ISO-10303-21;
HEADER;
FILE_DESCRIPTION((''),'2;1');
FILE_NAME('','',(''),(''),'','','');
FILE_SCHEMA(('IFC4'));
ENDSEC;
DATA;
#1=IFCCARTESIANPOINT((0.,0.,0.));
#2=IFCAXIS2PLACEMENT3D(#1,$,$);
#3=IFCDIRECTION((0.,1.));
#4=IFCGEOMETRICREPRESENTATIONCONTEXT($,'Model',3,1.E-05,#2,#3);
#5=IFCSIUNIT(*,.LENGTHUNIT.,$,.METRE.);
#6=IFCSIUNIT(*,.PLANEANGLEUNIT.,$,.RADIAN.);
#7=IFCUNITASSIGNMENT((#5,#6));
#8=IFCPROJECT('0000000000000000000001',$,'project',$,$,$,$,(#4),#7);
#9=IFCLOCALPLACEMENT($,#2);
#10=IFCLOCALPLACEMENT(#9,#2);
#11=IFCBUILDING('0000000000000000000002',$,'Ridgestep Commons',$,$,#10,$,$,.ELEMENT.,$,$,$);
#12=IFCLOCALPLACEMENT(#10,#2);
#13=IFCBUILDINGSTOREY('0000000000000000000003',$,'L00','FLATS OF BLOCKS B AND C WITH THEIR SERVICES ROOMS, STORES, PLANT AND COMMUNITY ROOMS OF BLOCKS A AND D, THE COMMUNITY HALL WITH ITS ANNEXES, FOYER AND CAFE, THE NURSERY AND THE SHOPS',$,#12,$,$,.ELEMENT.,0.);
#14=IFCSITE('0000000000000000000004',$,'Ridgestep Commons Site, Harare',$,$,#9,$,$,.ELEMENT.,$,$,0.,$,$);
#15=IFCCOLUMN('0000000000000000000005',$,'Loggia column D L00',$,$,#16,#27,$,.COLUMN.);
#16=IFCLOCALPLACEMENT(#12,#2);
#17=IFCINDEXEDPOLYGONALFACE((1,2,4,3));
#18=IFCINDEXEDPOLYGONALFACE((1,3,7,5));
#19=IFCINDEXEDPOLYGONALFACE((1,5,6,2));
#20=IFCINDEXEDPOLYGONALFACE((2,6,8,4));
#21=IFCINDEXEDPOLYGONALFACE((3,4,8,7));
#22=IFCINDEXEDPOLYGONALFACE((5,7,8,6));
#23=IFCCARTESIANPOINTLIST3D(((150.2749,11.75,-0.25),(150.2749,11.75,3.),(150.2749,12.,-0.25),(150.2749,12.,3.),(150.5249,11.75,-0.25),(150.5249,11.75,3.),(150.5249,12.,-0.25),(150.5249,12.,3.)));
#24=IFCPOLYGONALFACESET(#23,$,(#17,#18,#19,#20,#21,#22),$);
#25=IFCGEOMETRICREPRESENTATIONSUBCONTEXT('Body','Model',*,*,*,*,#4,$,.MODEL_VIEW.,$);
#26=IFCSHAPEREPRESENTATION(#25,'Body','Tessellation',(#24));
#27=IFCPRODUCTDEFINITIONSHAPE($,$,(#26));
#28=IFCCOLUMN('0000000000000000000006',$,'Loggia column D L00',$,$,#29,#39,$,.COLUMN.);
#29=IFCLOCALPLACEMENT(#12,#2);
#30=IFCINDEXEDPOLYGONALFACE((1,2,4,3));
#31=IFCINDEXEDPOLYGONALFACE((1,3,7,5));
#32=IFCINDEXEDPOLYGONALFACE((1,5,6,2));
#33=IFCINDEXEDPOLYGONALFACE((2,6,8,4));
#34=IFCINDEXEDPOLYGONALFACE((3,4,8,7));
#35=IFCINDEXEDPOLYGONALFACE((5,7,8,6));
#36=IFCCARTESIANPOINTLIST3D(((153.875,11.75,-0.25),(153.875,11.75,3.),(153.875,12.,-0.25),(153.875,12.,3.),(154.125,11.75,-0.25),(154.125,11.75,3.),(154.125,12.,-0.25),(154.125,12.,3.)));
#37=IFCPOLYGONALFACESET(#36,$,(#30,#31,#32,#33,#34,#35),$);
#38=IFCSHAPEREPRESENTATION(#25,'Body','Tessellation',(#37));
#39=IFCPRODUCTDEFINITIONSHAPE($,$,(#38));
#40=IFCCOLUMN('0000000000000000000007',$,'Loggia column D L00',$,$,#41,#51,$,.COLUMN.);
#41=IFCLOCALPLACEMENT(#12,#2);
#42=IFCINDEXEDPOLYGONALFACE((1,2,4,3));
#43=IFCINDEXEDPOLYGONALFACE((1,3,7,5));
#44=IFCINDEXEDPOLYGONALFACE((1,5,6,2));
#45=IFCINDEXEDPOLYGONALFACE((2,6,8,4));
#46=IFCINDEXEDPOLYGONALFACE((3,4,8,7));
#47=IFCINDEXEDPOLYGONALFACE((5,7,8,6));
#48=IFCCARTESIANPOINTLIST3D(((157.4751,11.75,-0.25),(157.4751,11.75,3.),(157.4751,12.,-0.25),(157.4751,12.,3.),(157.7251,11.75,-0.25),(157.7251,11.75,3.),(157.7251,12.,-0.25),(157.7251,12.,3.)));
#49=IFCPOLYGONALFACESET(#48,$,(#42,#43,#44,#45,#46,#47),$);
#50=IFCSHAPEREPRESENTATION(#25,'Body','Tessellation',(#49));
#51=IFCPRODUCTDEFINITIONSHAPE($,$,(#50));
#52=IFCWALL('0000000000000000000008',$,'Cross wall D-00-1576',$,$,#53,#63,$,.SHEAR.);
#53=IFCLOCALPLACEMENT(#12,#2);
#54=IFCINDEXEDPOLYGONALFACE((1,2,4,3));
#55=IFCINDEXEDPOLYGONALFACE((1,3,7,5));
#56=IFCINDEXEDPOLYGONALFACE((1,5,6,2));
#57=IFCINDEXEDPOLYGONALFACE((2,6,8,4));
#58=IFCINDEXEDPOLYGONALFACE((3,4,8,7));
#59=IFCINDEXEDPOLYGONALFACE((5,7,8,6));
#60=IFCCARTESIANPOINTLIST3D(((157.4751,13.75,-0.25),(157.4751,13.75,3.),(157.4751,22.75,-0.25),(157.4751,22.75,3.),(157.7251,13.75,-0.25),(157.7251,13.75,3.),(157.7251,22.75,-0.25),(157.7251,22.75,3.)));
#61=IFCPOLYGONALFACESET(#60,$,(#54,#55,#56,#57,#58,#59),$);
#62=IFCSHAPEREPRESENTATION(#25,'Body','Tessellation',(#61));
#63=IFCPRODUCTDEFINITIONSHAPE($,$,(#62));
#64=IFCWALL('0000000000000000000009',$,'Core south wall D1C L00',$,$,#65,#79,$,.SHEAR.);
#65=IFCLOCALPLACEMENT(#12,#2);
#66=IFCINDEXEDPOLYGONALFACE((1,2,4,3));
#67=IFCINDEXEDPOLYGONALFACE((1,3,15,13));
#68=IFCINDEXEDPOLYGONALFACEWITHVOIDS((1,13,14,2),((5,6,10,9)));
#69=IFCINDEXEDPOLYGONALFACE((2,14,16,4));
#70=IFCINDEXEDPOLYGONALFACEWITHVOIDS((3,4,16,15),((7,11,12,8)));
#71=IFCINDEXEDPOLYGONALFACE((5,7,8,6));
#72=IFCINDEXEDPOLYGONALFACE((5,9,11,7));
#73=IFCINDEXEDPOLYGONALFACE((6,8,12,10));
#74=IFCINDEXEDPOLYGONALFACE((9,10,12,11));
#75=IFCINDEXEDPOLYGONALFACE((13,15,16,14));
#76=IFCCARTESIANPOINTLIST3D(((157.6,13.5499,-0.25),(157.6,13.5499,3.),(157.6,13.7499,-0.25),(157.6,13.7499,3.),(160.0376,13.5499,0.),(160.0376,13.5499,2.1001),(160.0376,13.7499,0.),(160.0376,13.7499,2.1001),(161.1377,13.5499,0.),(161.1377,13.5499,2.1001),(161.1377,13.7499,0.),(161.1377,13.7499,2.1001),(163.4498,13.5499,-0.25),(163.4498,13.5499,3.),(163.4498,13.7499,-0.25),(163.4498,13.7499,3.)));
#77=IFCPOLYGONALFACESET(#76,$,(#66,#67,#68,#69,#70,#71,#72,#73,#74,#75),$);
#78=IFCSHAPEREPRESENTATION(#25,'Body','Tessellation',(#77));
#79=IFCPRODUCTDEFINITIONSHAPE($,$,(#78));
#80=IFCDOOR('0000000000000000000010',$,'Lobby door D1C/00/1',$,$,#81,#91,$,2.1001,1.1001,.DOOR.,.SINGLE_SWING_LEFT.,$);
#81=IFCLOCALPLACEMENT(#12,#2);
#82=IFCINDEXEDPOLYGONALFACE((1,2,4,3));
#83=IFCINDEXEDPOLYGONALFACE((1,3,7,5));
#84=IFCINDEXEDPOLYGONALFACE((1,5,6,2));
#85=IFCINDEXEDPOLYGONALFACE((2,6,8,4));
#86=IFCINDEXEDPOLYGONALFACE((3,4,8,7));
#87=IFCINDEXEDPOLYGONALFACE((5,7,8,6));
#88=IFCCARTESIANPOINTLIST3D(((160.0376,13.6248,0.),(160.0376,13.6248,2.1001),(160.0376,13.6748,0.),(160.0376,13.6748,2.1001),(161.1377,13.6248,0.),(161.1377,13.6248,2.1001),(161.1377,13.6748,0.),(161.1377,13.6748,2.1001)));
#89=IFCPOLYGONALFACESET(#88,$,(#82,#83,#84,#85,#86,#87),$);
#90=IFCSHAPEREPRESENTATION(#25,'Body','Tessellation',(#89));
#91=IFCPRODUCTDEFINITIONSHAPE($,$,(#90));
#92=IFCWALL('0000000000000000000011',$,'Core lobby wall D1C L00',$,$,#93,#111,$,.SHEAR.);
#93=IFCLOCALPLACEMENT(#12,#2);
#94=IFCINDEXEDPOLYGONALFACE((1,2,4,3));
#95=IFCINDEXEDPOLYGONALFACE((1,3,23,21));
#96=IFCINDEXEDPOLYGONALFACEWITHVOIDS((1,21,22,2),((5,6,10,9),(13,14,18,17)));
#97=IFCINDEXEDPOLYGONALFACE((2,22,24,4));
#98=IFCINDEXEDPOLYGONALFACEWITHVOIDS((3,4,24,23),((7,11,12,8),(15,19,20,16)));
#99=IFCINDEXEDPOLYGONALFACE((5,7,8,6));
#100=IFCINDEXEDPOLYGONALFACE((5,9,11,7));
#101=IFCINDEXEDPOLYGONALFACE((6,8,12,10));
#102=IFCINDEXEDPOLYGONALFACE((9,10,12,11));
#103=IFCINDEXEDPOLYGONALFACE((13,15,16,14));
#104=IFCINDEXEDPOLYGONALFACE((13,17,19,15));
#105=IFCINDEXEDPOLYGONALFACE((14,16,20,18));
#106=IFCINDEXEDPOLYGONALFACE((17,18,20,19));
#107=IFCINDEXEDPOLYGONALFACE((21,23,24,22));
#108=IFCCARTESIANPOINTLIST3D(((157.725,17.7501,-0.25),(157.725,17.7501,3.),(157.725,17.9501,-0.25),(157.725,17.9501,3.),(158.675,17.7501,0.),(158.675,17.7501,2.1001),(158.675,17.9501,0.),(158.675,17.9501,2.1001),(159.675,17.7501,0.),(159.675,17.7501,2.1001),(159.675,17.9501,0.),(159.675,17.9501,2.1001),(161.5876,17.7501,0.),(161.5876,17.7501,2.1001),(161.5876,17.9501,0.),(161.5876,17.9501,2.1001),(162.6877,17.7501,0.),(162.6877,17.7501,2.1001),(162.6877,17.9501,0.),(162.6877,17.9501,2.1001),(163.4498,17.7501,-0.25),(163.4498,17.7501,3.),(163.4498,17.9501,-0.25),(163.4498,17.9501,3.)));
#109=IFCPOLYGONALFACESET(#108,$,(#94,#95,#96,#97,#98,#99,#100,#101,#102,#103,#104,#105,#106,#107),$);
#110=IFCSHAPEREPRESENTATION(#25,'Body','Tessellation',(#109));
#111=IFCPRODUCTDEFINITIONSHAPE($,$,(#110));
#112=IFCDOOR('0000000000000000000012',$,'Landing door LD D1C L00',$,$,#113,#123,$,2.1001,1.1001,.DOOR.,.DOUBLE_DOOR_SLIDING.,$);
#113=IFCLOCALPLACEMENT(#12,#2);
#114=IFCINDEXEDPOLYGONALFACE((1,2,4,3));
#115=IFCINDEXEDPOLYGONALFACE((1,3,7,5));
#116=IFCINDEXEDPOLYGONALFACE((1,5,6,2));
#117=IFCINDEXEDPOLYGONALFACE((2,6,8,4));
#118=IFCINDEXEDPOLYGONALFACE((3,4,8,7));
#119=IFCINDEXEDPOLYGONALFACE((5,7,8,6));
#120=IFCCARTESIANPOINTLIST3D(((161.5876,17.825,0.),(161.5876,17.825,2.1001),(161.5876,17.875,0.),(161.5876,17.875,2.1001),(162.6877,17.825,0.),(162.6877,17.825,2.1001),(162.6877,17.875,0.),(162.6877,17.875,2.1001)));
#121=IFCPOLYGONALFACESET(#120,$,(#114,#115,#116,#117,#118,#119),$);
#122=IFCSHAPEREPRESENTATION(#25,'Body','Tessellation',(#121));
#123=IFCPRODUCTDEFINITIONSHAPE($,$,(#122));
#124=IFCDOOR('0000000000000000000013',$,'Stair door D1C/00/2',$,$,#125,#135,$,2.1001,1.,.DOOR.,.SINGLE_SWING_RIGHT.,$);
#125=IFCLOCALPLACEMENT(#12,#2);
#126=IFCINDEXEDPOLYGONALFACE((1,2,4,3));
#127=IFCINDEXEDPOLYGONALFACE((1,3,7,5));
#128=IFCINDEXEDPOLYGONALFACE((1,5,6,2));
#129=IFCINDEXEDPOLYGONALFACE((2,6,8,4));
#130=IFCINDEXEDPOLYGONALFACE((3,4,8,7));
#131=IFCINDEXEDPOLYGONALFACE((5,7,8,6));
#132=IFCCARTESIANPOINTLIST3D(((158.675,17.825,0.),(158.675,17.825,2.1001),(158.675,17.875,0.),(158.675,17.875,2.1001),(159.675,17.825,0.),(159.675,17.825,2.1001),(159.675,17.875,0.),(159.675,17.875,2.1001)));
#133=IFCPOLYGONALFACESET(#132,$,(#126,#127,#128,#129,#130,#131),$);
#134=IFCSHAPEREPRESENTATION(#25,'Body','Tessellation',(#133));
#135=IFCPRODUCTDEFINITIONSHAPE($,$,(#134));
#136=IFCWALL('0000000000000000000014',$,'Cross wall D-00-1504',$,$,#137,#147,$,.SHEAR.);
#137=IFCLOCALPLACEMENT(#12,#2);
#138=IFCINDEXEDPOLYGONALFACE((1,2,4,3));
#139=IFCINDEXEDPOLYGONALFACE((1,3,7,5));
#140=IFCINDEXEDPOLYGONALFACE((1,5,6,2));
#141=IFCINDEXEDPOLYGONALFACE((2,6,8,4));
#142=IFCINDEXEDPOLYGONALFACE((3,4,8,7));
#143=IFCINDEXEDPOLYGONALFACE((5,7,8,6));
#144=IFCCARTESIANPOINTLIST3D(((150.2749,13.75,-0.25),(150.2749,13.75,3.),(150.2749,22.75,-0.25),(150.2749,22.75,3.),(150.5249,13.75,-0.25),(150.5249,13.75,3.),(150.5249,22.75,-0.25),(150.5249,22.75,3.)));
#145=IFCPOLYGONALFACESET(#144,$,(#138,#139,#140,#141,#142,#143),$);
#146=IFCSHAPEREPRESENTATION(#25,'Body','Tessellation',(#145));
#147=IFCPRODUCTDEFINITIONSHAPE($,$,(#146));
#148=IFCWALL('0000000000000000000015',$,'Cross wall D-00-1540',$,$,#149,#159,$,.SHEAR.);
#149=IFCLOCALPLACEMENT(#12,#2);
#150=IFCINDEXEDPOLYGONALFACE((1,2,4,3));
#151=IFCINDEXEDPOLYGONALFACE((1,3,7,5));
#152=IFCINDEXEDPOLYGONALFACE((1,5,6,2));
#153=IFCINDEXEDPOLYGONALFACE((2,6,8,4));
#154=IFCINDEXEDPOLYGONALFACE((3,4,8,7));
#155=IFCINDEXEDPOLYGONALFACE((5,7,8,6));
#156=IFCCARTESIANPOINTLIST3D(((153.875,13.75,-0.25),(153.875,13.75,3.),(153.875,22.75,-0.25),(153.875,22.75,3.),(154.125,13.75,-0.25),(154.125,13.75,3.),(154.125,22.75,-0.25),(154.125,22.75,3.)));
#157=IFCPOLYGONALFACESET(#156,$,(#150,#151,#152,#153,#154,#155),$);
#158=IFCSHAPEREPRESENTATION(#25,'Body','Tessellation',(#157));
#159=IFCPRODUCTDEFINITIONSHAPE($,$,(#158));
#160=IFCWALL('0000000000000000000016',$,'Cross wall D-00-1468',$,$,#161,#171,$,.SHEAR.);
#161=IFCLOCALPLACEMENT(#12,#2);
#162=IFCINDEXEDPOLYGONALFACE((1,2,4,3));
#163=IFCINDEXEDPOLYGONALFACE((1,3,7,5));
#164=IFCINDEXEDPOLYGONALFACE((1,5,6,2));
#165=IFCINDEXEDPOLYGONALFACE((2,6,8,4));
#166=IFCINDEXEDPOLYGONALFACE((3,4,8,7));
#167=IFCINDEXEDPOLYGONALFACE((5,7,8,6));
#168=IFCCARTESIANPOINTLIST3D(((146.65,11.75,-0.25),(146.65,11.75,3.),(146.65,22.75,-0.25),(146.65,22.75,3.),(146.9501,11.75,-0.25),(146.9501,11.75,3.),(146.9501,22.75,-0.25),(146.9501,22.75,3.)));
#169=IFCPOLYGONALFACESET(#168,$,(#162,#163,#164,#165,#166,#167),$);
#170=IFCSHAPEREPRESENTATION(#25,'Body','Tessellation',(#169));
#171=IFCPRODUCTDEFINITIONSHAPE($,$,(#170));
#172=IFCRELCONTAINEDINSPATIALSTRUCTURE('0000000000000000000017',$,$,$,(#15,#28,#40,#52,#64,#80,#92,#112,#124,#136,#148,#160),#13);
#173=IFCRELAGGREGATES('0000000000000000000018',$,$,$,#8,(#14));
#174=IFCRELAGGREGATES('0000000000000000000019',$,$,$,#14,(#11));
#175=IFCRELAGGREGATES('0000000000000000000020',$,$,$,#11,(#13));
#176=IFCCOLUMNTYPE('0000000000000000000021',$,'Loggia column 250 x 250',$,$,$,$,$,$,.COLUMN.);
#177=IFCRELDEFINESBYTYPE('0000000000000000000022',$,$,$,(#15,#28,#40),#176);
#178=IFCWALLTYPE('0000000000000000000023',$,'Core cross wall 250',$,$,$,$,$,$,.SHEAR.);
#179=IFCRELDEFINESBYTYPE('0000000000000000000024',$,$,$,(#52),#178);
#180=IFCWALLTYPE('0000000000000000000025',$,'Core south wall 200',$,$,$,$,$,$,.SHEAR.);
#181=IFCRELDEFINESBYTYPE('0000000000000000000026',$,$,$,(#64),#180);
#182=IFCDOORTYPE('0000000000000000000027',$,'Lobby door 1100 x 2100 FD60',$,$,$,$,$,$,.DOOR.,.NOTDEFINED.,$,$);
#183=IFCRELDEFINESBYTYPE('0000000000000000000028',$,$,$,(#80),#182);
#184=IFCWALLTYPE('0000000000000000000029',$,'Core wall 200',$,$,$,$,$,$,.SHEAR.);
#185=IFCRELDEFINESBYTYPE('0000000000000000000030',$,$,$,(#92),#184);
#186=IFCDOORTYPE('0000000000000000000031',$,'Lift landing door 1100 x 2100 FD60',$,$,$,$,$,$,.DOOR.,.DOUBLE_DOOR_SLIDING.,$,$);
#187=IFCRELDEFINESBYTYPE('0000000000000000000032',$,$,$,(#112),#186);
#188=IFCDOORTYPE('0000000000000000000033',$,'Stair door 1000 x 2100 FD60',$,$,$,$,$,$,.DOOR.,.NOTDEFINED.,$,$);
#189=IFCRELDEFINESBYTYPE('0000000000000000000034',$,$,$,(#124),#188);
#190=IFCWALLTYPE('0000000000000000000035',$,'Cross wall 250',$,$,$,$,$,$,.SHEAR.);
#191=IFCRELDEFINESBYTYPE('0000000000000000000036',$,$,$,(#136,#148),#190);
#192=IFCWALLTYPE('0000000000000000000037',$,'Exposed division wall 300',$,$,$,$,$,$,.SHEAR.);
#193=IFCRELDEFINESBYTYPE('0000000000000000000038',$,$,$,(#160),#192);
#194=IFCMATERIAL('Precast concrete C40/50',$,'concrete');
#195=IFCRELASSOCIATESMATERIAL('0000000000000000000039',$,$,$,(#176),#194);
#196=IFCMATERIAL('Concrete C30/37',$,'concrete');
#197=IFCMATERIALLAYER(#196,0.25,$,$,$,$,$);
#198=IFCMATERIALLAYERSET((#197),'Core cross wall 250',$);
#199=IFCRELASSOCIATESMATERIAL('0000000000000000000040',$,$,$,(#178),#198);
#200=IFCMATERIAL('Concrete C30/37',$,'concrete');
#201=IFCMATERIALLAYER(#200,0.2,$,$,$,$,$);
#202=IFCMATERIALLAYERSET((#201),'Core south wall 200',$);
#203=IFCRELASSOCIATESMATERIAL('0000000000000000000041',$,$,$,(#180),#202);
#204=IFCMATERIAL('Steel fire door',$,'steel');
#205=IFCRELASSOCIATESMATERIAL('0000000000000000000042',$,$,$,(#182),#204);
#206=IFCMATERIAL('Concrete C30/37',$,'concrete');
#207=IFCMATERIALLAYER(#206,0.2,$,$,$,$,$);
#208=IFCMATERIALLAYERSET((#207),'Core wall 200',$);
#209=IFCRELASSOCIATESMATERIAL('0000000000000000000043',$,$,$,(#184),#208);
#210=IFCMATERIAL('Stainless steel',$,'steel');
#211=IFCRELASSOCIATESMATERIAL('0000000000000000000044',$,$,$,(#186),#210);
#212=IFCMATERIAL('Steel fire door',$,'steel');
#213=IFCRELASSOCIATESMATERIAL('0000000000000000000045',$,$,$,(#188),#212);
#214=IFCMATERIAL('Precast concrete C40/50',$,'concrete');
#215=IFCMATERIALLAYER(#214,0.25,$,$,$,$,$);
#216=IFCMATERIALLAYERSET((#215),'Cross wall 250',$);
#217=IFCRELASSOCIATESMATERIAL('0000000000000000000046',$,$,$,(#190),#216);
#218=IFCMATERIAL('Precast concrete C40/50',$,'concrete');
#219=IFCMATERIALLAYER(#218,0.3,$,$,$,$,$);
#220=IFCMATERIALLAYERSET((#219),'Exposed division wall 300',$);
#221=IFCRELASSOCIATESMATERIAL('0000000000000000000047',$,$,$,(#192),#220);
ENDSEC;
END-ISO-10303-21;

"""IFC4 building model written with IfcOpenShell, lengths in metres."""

from ifc_helpers import new_model, si_unit, direction, frame, frame_2d, origin, origin_2d, place, context, subcontext, project, spatial, rectangle, extrude, material, layer, layer_set, material_profile, profile_set, type_object, element, fill, save


model = new_model("IFC4")

# Units and contexts
model_context = context("Model", 3, precision=1e-05, world=origin(), true_north=direction((0.0, 1.0)))
body_context = subcontext(model_context, "Body", "Model", "MODEL_VIEW")
ifc_project = project(units=[si_unit("LENGTHUNIT", "METRE"), si_unit("PLANEANGLEUNIT", "RADIAN")], contexts=[model_context])

# Site, building, storey
site_placement = place(None, origin())
site = spatial("IfcSite", under=ifc_project, at=site_placement, Name="Ridgestep Commons Site, Harare", CompositionType="ELEMENT", RefElevation=0.0)
building_placement = place(site_placement, origin())
building = spatial("IfcBuilding", under=site, at=building_placement, Name="Ridgestep Commons", CompositionType="ELEMENT")
storey_placement = place(building_placement, origin())
storey = spatial("IfcBuildingStorey", under=building, at=storey_placement, Name="L00", Description="FLATS OF BLOCKS B AND C WITH THEIR SERVICES ROOMS, STORES, PLANT AND COMMUNITY ROOMS OF BLOCKS A AND D, THE COMMUNITY HALL WITH ITS ANNEXES, FOYER AND CAFE, THE NURSERY AND THE SHOPS", CompositionType="ELEMENT", Elevation=0.0)

# Columns
ifc_material_1 = material(Name="Precast concrete C40/50", Category="concrete")
ifc_material_profile = material_profile(ifc_material_1, rectangle(XDim=0.25, YDim=0.25, at=origin_2d()), Name="PC 250x250")
ifc_profile_set = profile_set([ifc_material_profile], Name="Precast concrete C40/50")
column_type = type_object("IfcColumnType", Name="Loggia column 250 x 250", PredefinedType="COLUMN", material=ifc_profile_set)
for number, where, z_axis, x_axis, name in (
    (1, (150.3999, 11.875, -0.25), (0.0, 0.0, 1.0), (1.0, 0.0, 0.0), "Loggia column D L00"),
    (2, (154.0, 11.875, -0.25), (0.0, 0.0, 1.0), (1.0, 0.0, 0.0), "Loggia column D L00"),
    (3, (157.6001, 11.875, -0.25), (0.0, 0.0, 1.0), (1.0, 0.0, 0.0), "Loggia column D L00"),
):
    element("IfcColumn", number, at=place(storey_placement, frame(where, z_axis=z_axis, x_axis=x_axis)), inside=storey, type_object=column_type, Name=name, PredefinedType="COLUMN", context=body_context, shape_type="SweptSolid", body=[
        extrude(rectangle(XDim=0.25, YDim=0.25, at=origin_2d()), origin(), (0.0, 0.0, 1.0), 3.25),
    ])

# Wall
ifc_material_2 = material(Name="Concrete C30/37", Category="concrete")
ifc_layer_1 = layer(ifc_material_2, 0.25)
ifc_layer_set_1 = layer_set([ifc_layer_1], Name="Core cross wall 250")
wall_type_1 = type_object("IfcWallType", Name="Core cross wall 250", PredefinedType="SHEAR", material=ifc_layer_set_1)
wall_1_placement = place(storey_placement, frame((157.6001, 13.75, -0.25), z_axis=(0.0, 0.0, 1.0), x_axis=(0.0, 1.0, 0.0)))
element("IfcWall", 4, at=wall_1_placement, inside=storey, type_object=wall_type_1, Name="Cross wall D-00-1576", PredefinedType="SHEAR", context=body_context, shape_type="SweptSolid", body=[
    extrude(rectangle(XDim=9.0, YDim=0.25, at=frame_2d((4.5, 0.0))), origin(), (0.0, 0.0, 1.0), 3.25),
])

# Wall, opening, door
ifc_material_3 = material(Name="Concrete C30/37", Category="concrete")
ifc_layer_2 = layer(ifc_material_3, 0.2)
ifc_layer_set_2 = layer_set([ifc_layer_2], Name="Core south wall 200")
wall_type_2 = type_object("IfcWallType", Name="Core south wall 200", PredefinedType="SHEAR", material=ifc_layer_set_2)
wall_2_placement = place(storey_placement, frame((157.6001, 13.6499, -0.25), z_axis=(0.0, 0.0, 1.0), x_axis=(1.0, 0.0, 0.0)))
wall_2 = element("IfcWall", 5, at=wall_2_placement, inside=storey, type_object=wall_type_2, Name="Core south wall D1C L00", PredefinedType="SHEAR", context=body_context, shape_type="SweptSolid", body=[
    extrude(rectangle(XDim=5.8499, YDim=0.2, at=frame_2d((2.9248, 0.0))), origin(), (0.0, 0.0, 1.0), 3.25),
])
opening_1_placement = place(wall_2_placement, frame((2.4375, 0.0, 0.25)))
opening_1 = element("IfcOpeningElement", 6, at=opening_1_placement, cuts=wall_2, PredefinedType="OPENING", context=body_context, shape_type="SweptSolid", body=[
    extrude(rectangle(XDim=1.1001, YDim=2.1001, at=frame_2d((0.55, 1.05))), frame((0.0, 0.1099, 0.0), z_axis=(0.0, -1.0, 0.0), x_axis=(1.0, 0.0, 0.0)), (0.0, 0.0, 1.0), 0.22),
])
ifc_material_4 = material(Name="Steel fire door", Category="steel")
door_type_1 = type_object("IfcDoorType", Name="Lobby door 1100 x 2100 FD60", OperationType="NOTDEFINED", PredefinedType="DOOR", material=ifc_material_4)
door_1_placement = place(opening_1_placement, origin())
door_1 = element("IfcDoor", 7, at=door_1_placement, inside=storey, type_object=door_type_1, Name="Lobby door D1C/00/1", OperationType="SINGLE_SWING_LEFT", OverallHeight=2.1001, OverallWidth=1.1001, PredefinedType="DOOR", context=body_context, shape_type="SweptSolid", body=[
    extrude(rectangle(XDim=1.1001, YDim=2.1001, at=frame_2d((0.55, 1.05))), frame((0.0, 0.0249, 0.0), z_axis=(0.0, -1.0, 0.0), x_axis=(1.0, 0.0, 0.0)), (0.0, 0.0, 1.0), 0.05),
])
fill(opening_1, door_1)

# Wall, openings, doors
ifc_material_5 = material(Name="Concrete C30/37", Category="concrete")
ifc_layer_3 = layer(ifc_material_5, 0.2)
ifc_layer_set_3 = layer_set([ifc_layer_3], Name="Core wall 200")
wall_type_3 = type_object("IfcWallType", Name="Core wall 200", PredefinedType="SHEAR", material=ifc_layer_set_3)
wall_3_placement = place(storey_placement, frame((157.7251, 17.8501, -0.25), z_axis=(0.0, 0.0, 1.0), x_axis=(1.0, 0.0, 0.0)))
wall_3 = element("IfcWall", 8, at=wall_3_placement, inside=storey, type_object=wall_type_3, Name="Core lobby wall D1C L00", PredefinedType="SHEAR", context=body_context, shape_type="SweptSolid", body=[
    extrude(rectangle(XDim=5.7249, YDim=0.2, at=frame_2d((2.8623, 0.0))), origin(), (0.0, 0.0, 1.0), 3.25),
])
opening_2_placement = place(wall_3_placement, frame((0.95, 0.0, 0.25)))
opening_2 = element("IfcOpeningElement", 9, at=opening_2_placement, cuts=wall_3, PredefinedType="OPENING", context=body_context, shape_type="SweptSolid", body=[
    extrude(rectangle(XDim=1.0, YDim=2.1001, at=frame_2d((0.5, 1.05))), frame((0.0, 0.1099, 0.0), z_axis=(0.0, -1.0, 0.0), x_axis=(1.0, 0.0, 0.0)), (0.0, 0.0, 1.0), 0.22),
])
opening_3_placement = place(wall_3_placement, frame((3.8625, 0.0, 0.25)))
opening_3 = element("IfcOpeningElement", 10, at=opening_3_placement, cuts=wall_3, PredefinedType="OPENING", context=body_context, shape_type="SweptSolid", body=[
    extrude(rectangle(XDim=1.1001, YDim=2.1001, at=frame_2d((0.55, 1.05))), frame((0.0, 0.1099, 0.0), z_axis=(0.0, -1.0, 0.0), x_axis=(1.0, 0.0, 0.0)), (0.0, 0.0, 1.0), 0.22),
])
ifc_material_6 = material(Name="Stainless steel", Category="steel")
door_type_2 = type_object("IfcDoorType", Name="Lift landing door 1100 x 2100 FD60", OperationType="DOUBLE_DOOR_SLIDING", PredefinedType="DOOR", material=ifc_material_6)
door_2_placement = place(opening_3_placement, origin())
door_2 = element("IfcDoor", 11, at=door_2_placement, inside=storey, type_object=door_type_2, Name="Landing door LD D1C L00", OperationType="DOUBLE_DOOR_SLIDING", OverallHeight=2.1001, OverallWidth=1.1001, PredefinedType="DOOR", context=body_context, shape_type="SweptSolid", body=[
    extrude(rectangle(XDim=1.1001, YDim=2.1001, at=frame_2d((0.55, 1.05))), frame((0.0, 0.0249, 0.0), z_axis=(0.0, -1.0, 0.0), x_axis=(1.0, 0.0, 0.0)), (0.0, 0.0, 1.0), 0.05),
])
fill(opening_3, door_2)
ifc_material_7 = material(Name="Steel fire door", Category="steel")
door_type_3 = type_object("IfcDoorType", Name="Stair door 1000 x 2100 FD60", OperationType="NOTDEFINED", PredefinedType="DOOR", material=ifc_material_7)
door_3_placement = place(opening_2_placement, origin())
door_3 = element("IfcDoor", 12, at=door_3_placement, inside=storey, type_object=door_type_3, Name="Stair door D1C/00/2", OperationType="SINGLE_SWING_RIGHT", OverallHeight=2.1001, OverallWidth=1.0, PredefinedType="DOOR", context=body_context, shape_type="SweptSolid", body=[
    extrude(rectangle(XDim=1.0, YDim=2.1001, at=frame_2d((0.5, 1.05))), frame((0.0, 0.0249, 0.0), z_axis=(0.0, -1.0, 0.0), x_axis=(1.0, 0.0, 0.0)), (0.0, 0.0, 1.0), 0.05),
])
fill(opening_2, door_3)

# Walls
ifc_material_8 = material(Name="Precast concrete C40/50", Category="concrete")
ifc_layer_4 = layer(ifc_material_8, 0.25)
ifc_layer_set_4 = layer_set([ifc_layer_4], Name="Cross wall 250")
wall_type_4 = type_object("IfcWallType", Name="Cross wall 250", PredefinedType="SHEAR", material=ifc_layer_set_4)
for number, where, z_axis, x_axis, name in (
    (13, (150.3999, 13.75, -0.25), (0.0, 0.0, 1.0), (0.0, 1.0, 0.0), "Cross wall D-00-1504"),
    (14, (154.0, 13.75, -0.25), (0.0, 0.0, 1.0), (0.0, 1.0, 0.0), "Cross wall D-00-1540"),
):
    element("IfcWall", number, at=place(storey_placement, frame(where, z_axis=z_axis, x_axis=x_axis)), inside=storey, type_object=wall_type_4, Name=name, PredefinedType="SHEAR", context=body_context, shape_type="SweptSolid", body=[
        extrude(rectangle(XDim=9.0, YDim=0.25, at=frame_2d((4.5, 0.0))), origin(), (0.0, 0.0, 1.0), 3.25),
    ])
ifc_material_9 = material(Name="Precast concrete C40/50", Category="concrete")
ifc_layer_5 = layer(ifc_material_9, 0.3)
ifc_layer_set_5 = layer_set([ifc_layer_5], Name="Exposed division wall 300")
wall_type_5 = type_object("IfcWallType", Name="Exposed division wall 300", PredefinedType="SHEAR", material=ifc_layer_set_5)
wall_4_placement = place(storey_placement, frame((146.8, 11.75, -0.25), z_axis=(0.0, 0.0, 1.0), x_axis=(0.0, 1.0, 0.0)))
element("IfcWall", 15, at=wall_4_placement, inside=storey, type_object=wall_type_5, Name="Cross wall D-00-1468", PredefinedType="SHEAR", context=body_context, shape_type="SweptSolid", body=[
    extrude(rectangle(XDim=11.0, YDim=0.3, at=frame_2d((5.5, 0.0))), origin(), (0.0, 0.0, 1.0), 3.25),
])

save(model, "model.ifc")
